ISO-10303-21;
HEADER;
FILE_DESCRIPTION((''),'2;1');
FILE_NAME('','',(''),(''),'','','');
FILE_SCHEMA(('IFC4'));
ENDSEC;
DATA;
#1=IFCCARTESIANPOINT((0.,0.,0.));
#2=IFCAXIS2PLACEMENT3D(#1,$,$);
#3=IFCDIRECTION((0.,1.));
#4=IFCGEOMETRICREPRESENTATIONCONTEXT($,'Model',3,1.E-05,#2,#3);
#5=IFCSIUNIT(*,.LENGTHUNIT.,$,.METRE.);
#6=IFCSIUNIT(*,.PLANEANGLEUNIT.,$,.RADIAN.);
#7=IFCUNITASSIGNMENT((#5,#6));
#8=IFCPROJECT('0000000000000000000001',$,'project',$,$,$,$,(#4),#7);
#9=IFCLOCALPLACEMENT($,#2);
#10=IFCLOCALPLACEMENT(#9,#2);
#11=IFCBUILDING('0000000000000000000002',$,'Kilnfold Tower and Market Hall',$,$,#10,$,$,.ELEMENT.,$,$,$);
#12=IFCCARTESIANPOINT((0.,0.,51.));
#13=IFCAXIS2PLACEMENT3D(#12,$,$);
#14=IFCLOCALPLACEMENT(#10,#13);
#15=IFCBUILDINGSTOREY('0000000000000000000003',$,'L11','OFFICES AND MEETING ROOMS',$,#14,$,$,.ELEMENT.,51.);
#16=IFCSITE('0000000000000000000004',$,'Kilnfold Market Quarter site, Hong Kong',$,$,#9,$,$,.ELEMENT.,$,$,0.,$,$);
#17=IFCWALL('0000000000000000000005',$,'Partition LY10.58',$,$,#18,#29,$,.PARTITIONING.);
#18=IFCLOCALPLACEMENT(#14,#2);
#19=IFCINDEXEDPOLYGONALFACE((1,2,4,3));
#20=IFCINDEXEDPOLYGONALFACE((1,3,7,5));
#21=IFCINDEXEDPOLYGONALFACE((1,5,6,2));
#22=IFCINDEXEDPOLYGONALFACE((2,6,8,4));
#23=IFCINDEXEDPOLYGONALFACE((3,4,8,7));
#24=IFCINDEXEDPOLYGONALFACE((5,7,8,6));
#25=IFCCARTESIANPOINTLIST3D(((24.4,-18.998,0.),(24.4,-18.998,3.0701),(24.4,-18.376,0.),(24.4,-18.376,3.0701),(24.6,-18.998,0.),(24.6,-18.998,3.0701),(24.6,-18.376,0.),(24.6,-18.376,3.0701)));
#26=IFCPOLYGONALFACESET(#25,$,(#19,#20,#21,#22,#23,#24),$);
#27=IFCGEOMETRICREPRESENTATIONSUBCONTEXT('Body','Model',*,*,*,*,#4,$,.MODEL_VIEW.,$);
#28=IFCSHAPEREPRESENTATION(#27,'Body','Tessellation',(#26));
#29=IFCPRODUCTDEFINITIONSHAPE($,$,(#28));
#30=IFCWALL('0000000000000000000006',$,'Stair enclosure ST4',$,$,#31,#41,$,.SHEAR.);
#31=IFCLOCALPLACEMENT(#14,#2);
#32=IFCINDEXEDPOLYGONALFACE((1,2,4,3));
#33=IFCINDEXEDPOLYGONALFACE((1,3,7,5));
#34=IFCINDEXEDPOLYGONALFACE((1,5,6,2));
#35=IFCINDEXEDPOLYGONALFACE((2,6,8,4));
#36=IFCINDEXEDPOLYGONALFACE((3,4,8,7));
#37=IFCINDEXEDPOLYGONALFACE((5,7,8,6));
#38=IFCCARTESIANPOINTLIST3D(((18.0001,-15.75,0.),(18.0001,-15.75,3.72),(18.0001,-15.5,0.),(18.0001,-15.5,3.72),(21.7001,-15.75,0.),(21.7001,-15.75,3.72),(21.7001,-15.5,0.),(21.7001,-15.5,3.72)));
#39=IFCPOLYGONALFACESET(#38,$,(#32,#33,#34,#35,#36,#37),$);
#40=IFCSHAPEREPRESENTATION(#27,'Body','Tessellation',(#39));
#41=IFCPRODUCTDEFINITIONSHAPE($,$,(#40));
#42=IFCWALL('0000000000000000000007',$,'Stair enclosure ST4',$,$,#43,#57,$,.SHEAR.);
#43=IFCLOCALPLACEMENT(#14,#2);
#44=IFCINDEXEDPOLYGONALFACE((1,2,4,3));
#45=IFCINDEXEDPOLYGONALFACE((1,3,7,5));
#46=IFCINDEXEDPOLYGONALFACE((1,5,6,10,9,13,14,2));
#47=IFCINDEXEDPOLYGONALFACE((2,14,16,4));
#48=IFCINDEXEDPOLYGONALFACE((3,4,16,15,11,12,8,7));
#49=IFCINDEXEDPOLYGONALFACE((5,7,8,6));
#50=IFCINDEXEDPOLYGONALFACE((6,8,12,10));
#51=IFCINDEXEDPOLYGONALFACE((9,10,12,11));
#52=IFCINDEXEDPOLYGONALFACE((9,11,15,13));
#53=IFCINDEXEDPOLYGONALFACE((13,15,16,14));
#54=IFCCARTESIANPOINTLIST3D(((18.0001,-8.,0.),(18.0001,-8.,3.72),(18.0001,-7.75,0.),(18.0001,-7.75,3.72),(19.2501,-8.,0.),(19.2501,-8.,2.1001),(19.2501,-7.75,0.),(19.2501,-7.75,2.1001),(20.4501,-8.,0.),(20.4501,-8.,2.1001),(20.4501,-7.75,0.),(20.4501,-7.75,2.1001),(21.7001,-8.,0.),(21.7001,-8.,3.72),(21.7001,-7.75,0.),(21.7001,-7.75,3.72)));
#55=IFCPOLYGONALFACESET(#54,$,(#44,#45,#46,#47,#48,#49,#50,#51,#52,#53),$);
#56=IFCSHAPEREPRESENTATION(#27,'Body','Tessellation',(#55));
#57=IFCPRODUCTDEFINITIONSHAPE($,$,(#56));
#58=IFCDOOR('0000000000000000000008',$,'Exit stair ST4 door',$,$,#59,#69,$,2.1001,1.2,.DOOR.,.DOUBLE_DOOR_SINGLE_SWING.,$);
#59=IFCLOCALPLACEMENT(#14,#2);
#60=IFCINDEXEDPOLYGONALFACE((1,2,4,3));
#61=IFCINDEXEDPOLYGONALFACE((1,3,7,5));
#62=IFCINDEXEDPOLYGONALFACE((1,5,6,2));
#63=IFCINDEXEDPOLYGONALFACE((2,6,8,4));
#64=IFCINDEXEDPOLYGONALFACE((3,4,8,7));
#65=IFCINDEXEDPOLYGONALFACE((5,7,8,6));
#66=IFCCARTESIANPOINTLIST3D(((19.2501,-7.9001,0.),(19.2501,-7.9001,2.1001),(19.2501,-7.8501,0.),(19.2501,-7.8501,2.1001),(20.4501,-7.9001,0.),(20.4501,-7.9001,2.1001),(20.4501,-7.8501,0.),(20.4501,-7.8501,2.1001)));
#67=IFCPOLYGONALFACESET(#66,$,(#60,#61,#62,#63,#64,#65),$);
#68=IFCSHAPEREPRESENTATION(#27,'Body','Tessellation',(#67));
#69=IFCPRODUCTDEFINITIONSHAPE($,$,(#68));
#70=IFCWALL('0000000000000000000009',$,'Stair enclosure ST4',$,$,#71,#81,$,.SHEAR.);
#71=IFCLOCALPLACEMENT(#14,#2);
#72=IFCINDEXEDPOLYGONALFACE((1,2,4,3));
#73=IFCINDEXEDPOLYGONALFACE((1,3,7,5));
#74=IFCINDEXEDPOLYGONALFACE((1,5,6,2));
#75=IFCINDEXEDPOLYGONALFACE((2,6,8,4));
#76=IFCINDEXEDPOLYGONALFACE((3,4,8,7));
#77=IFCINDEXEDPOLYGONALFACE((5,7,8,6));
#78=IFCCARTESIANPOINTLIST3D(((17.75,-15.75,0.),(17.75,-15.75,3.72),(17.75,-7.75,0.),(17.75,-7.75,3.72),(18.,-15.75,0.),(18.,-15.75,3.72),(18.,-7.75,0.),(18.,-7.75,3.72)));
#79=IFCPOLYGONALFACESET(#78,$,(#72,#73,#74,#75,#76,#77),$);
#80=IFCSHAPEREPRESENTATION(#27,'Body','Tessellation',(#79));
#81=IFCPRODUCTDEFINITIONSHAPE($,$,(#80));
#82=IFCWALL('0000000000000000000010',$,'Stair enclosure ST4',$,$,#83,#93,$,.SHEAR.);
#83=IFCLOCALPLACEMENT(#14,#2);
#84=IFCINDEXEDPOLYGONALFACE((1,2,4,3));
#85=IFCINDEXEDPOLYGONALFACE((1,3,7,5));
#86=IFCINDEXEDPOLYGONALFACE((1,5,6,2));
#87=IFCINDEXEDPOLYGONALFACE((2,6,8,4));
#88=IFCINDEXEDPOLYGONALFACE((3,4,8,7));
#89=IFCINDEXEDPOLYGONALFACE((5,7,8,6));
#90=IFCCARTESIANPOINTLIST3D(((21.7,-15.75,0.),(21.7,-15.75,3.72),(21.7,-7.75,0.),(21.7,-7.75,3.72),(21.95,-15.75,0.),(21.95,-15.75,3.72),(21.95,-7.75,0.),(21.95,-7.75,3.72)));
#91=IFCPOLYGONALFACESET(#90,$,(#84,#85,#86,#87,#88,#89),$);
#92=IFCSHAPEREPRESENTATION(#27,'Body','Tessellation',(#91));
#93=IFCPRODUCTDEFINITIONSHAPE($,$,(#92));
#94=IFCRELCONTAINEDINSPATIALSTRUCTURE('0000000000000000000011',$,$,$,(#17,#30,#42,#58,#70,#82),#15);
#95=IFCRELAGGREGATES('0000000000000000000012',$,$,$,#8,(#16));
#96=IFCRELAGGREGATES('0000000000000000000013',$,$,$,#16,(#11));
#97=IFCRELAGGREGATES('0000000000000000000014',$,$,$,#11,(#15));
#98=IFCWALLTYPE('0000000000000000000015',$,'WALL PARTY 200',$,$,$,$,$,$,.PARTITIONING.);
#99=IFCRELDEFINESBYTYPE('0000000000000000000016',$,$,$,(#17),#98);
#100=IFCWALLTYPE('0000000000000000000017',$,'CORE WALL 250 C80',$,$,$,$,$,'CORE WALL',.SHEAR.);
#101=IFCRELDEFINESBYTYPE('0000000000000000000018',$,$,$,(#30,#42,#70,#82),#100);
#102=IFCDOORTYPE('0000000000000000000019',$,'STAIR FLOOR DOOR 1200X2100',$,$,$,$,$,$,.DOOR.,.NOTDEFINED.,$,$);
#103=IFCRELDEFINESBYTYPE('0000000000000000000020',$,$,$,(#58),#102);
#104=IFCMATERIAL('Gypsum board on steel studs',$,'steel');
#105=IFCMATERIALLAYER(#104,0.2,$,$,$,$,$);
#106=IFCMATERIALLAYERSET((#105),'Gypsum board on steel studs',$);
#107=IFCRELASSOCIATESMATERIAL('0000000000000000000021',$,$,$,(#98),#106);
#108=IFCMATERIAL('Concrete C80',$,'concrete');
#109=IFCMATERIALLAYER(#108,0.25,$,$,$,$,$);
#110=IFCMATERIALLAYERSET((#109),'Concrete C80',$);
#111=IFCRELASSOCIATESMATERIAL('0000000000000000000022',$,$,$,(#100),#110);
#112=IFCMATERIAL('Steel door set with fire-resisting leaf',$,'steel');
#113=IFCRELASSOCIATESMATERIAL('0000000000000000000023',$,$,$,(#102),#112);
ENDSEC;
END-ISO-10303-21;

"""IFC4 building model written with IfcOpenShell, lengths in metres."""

from ifc_helpers import new_model, si_unit, direction, frame, frame_2d, origin, place, context, subcontext, project, spatial, rectangle, extrude, source, transform, mapped, material, layer, layer_set, type_object, element, fill, save


model = new_model("IFC4")

# Units and contexts
model_context = context("Model", 3, precision=1e-05, world=origin(), true_north=direction((0.0, 1.0)))
body_context = subcontext(model_context, "Body", "Model", "MODEL_VIEW")
ifc_project = project(units=[si_unit("LENGTHUNIT", "METRE"), si_unit("PLANEANGLEUNIT", "RADIAN")], contexts=[model_context])

# Site, building, storey
site_placement = place(None, origin())
site = spatial("IfcSite", under=ifc_project, at=site_placement, Name="Kilnfold Market Quarter site, Hong Kong", CompositionType="ELEMENT", RefElevation=0.0)
building_placement = place(site_placement, origin())
building = spatial("IfcBuilding", under=site, at=building_placement, Name="Kilnfold Tower and Market Hall", CompositionType="ELEMENT")
storey_placement = place(building_placement, frame((0.0, 0.0, 51.0)))
storey = spatial("IfcBuildingStorey", under=building, at=storey_placement, Name="L11", Description="OFFICES AND MEETING ROOMS", CompositionType="ELEMENT", Elevation=51.0)

# Walls
ifc_material_1 = material(Name="Gypsum board on steel studs", Category="steel")
ifc_layer_1 = layer(ifc_material_1, 0.2)
ifc_layer_set_1 = layer_set([ifc_layer_1], Name="Gypsum board on steel studs")
wall_type_1 = type_object("IfcWallType", Name="WALL PARTY 200", PredefinedType="PARTITIONING", material=ifc_layer_set_1)
wall_1_placement = place(storey_placement, frame((24.5, -18.998, 0.0), z_axis=(0.0, 0.0, 1.0), x_axis=(0.0, 1.0, 0.0)))
element("IfcWall", 1, at=wall_1_placement, inside=storey, type_object=wall_type_1, Name="Partition LY10.58", PredefinedType="PARTITIONING", context=body_context, shape_type="SweptSolid", body=[
    extrude(rectangle(XDim=0.6221, YDim=0.2, at=frame_2d((0.311, 0.0))), origin(), (0.0, 0.0, 1.0), 3.0701),
])
ifc_material_2 = material(Name="Concrete C80", Category="concrete")
ifc_layer_2 = layer(ifc_material_2, 0.25)
ifc_layer_set_2 = layer_set([ifc_layer_2], Name="Concrete C80")
wall_type_2 = type_object("IfcWallType", Name="CORE WALL 250 C80", ElementType="CORE WALL", PredefinedType="SHEAR", material=ifc_layer_set_2)
shared_shape_1 = source(origin(), body_context, "Body", "SweptSolid", [
    extrude(rectangle(XDim=3.7, YDim=0.25, at=frame_2d((1.8501, 0.0))), origin(), (0.0, 0.0, 1.0), 3.72),
])
wall_2_placement = place(storey_placement, frame((18.0, -15.625, 0.0), z_axis=(0.0, 0.0, 1.0), x_axis=(1.0, 0.0, 0.0)))
element("IfcWall", 2, at=wall_2_placement, inside=storey, type_object=wall_type_2, Name="Stair enclosure ST4", PredefinedType="SHEAR", context=body_context, shape_type="MappedRepresentation", body=[
    mapped(shared_shape_1, transform((0.0, 0.0, 0.0))),
])

# Wall, opening, door
wall_3_placement = place(storey_placement, frame((18.0, -7.875, 0.0), z_axis=(0.0, 0.0, 1.0), x_axis=(1.0, 0.0, 0.0)))
wall_3 = element("IfcWall", 3, at=wall_3_placement, inside=storey, type_object=wall_type_2, Name="Stair enclosure ST4", PredefinedType="SHEAR", context=body_context, shape_type="MappedRepresentation", body=[
    mapped(shared_shape_1, transform((0.0, 0.0, 0.0))),
])
opening_1_placement = place(wall_3_placement, frame((1.25, 0.0, 0.0)))
opening_1 = element("IfcOpeningElement", 4, at=opening_1_placement, cuts=wall_3, PredefinedType="OPENING", context=body_context, shape_type="SweptSolid", body=[
    extrude(rectangle(XDim=1.2, YDim=2.1001, at=frame_2d((0.6001, 1.05))), frame((0.0, 0.135, 0.0), z_axis=(0.0, -1.0, 0.0), x_axis=(1.0, 0.0, 0.0)), (0.0, 0.0, 1.0), 0.27),
])
ifc_material_3 = material(Name="Steel door set with fire-resisting leaf", Category="steel")
door_type_1 = type_object("IfcDoorType", Name="STAIR FLOOR DOOR 1200X2100", OperationType="NOTDEFINED", PredefinedType="DOOR", material=ifc_material_3)
door_1_placement = place(opening_1_placement, origin())
door_1 = element("IfcDoor", 5, at=door_1_placement, inside=storey, type_object=door_type_1, Name="Exit stair ST4 door", OperationType="DOUBLE_DOOR_SINGLE_SWING", OverallHeight=2.1001, OverallWidth=1.2, PredefinedType="DOOR", context=body_context, shape_type="SweptSolid", body=[
    extrude(rectangle(XDim=1.2, YDim=2.1001, at=frame_2d((0.6001, 1.05))), frame((0.0, 0.0249, 0.0), z_axis=(0.0, -1.0, 0.0), x_axis=(1.0, 0.0, 0.0)), (0.0, 0.0, 1.0), 0.05),
])
fill(opening_1, door_1)

# Walls
shared_shape_2 = source(origin(), body_context, "Body", "SweptSolid", [
    extrude(rectangle(XDim=8.0, YDim=0.25, at=frame_2d((4.0, 0.0))), origin(), (0.0, 0.0, 1.0), 3.72),
])
for number, where, z_axis, x_axis, name in (
    (6, (17.875, -15.75, 0.0), (0.0, 0.0, 1.0), (0.0, 1.0, 0.0), "Stair enclosure ST4"),
    (7, (21.825, -15.75, 0.0), (0.0, 0.0, 1.0), (0.0, 1.0, 0.0), "Stair enclosure ST4"),
):
    element("IfcWall", number, at=place(storey_placement, frame(where, z_axis=z_axis, x_axis=x_axis)), inside=storey, type_object=wall_type_2, Name=name, PredefinedType="SHEAR", context=body_context, shape_type="MappedRepresentation", body=[
        mapped(shared_shape_2, transform((0.0, 0.0, 0.0))),
    ])

save(model, "model.ifc")
